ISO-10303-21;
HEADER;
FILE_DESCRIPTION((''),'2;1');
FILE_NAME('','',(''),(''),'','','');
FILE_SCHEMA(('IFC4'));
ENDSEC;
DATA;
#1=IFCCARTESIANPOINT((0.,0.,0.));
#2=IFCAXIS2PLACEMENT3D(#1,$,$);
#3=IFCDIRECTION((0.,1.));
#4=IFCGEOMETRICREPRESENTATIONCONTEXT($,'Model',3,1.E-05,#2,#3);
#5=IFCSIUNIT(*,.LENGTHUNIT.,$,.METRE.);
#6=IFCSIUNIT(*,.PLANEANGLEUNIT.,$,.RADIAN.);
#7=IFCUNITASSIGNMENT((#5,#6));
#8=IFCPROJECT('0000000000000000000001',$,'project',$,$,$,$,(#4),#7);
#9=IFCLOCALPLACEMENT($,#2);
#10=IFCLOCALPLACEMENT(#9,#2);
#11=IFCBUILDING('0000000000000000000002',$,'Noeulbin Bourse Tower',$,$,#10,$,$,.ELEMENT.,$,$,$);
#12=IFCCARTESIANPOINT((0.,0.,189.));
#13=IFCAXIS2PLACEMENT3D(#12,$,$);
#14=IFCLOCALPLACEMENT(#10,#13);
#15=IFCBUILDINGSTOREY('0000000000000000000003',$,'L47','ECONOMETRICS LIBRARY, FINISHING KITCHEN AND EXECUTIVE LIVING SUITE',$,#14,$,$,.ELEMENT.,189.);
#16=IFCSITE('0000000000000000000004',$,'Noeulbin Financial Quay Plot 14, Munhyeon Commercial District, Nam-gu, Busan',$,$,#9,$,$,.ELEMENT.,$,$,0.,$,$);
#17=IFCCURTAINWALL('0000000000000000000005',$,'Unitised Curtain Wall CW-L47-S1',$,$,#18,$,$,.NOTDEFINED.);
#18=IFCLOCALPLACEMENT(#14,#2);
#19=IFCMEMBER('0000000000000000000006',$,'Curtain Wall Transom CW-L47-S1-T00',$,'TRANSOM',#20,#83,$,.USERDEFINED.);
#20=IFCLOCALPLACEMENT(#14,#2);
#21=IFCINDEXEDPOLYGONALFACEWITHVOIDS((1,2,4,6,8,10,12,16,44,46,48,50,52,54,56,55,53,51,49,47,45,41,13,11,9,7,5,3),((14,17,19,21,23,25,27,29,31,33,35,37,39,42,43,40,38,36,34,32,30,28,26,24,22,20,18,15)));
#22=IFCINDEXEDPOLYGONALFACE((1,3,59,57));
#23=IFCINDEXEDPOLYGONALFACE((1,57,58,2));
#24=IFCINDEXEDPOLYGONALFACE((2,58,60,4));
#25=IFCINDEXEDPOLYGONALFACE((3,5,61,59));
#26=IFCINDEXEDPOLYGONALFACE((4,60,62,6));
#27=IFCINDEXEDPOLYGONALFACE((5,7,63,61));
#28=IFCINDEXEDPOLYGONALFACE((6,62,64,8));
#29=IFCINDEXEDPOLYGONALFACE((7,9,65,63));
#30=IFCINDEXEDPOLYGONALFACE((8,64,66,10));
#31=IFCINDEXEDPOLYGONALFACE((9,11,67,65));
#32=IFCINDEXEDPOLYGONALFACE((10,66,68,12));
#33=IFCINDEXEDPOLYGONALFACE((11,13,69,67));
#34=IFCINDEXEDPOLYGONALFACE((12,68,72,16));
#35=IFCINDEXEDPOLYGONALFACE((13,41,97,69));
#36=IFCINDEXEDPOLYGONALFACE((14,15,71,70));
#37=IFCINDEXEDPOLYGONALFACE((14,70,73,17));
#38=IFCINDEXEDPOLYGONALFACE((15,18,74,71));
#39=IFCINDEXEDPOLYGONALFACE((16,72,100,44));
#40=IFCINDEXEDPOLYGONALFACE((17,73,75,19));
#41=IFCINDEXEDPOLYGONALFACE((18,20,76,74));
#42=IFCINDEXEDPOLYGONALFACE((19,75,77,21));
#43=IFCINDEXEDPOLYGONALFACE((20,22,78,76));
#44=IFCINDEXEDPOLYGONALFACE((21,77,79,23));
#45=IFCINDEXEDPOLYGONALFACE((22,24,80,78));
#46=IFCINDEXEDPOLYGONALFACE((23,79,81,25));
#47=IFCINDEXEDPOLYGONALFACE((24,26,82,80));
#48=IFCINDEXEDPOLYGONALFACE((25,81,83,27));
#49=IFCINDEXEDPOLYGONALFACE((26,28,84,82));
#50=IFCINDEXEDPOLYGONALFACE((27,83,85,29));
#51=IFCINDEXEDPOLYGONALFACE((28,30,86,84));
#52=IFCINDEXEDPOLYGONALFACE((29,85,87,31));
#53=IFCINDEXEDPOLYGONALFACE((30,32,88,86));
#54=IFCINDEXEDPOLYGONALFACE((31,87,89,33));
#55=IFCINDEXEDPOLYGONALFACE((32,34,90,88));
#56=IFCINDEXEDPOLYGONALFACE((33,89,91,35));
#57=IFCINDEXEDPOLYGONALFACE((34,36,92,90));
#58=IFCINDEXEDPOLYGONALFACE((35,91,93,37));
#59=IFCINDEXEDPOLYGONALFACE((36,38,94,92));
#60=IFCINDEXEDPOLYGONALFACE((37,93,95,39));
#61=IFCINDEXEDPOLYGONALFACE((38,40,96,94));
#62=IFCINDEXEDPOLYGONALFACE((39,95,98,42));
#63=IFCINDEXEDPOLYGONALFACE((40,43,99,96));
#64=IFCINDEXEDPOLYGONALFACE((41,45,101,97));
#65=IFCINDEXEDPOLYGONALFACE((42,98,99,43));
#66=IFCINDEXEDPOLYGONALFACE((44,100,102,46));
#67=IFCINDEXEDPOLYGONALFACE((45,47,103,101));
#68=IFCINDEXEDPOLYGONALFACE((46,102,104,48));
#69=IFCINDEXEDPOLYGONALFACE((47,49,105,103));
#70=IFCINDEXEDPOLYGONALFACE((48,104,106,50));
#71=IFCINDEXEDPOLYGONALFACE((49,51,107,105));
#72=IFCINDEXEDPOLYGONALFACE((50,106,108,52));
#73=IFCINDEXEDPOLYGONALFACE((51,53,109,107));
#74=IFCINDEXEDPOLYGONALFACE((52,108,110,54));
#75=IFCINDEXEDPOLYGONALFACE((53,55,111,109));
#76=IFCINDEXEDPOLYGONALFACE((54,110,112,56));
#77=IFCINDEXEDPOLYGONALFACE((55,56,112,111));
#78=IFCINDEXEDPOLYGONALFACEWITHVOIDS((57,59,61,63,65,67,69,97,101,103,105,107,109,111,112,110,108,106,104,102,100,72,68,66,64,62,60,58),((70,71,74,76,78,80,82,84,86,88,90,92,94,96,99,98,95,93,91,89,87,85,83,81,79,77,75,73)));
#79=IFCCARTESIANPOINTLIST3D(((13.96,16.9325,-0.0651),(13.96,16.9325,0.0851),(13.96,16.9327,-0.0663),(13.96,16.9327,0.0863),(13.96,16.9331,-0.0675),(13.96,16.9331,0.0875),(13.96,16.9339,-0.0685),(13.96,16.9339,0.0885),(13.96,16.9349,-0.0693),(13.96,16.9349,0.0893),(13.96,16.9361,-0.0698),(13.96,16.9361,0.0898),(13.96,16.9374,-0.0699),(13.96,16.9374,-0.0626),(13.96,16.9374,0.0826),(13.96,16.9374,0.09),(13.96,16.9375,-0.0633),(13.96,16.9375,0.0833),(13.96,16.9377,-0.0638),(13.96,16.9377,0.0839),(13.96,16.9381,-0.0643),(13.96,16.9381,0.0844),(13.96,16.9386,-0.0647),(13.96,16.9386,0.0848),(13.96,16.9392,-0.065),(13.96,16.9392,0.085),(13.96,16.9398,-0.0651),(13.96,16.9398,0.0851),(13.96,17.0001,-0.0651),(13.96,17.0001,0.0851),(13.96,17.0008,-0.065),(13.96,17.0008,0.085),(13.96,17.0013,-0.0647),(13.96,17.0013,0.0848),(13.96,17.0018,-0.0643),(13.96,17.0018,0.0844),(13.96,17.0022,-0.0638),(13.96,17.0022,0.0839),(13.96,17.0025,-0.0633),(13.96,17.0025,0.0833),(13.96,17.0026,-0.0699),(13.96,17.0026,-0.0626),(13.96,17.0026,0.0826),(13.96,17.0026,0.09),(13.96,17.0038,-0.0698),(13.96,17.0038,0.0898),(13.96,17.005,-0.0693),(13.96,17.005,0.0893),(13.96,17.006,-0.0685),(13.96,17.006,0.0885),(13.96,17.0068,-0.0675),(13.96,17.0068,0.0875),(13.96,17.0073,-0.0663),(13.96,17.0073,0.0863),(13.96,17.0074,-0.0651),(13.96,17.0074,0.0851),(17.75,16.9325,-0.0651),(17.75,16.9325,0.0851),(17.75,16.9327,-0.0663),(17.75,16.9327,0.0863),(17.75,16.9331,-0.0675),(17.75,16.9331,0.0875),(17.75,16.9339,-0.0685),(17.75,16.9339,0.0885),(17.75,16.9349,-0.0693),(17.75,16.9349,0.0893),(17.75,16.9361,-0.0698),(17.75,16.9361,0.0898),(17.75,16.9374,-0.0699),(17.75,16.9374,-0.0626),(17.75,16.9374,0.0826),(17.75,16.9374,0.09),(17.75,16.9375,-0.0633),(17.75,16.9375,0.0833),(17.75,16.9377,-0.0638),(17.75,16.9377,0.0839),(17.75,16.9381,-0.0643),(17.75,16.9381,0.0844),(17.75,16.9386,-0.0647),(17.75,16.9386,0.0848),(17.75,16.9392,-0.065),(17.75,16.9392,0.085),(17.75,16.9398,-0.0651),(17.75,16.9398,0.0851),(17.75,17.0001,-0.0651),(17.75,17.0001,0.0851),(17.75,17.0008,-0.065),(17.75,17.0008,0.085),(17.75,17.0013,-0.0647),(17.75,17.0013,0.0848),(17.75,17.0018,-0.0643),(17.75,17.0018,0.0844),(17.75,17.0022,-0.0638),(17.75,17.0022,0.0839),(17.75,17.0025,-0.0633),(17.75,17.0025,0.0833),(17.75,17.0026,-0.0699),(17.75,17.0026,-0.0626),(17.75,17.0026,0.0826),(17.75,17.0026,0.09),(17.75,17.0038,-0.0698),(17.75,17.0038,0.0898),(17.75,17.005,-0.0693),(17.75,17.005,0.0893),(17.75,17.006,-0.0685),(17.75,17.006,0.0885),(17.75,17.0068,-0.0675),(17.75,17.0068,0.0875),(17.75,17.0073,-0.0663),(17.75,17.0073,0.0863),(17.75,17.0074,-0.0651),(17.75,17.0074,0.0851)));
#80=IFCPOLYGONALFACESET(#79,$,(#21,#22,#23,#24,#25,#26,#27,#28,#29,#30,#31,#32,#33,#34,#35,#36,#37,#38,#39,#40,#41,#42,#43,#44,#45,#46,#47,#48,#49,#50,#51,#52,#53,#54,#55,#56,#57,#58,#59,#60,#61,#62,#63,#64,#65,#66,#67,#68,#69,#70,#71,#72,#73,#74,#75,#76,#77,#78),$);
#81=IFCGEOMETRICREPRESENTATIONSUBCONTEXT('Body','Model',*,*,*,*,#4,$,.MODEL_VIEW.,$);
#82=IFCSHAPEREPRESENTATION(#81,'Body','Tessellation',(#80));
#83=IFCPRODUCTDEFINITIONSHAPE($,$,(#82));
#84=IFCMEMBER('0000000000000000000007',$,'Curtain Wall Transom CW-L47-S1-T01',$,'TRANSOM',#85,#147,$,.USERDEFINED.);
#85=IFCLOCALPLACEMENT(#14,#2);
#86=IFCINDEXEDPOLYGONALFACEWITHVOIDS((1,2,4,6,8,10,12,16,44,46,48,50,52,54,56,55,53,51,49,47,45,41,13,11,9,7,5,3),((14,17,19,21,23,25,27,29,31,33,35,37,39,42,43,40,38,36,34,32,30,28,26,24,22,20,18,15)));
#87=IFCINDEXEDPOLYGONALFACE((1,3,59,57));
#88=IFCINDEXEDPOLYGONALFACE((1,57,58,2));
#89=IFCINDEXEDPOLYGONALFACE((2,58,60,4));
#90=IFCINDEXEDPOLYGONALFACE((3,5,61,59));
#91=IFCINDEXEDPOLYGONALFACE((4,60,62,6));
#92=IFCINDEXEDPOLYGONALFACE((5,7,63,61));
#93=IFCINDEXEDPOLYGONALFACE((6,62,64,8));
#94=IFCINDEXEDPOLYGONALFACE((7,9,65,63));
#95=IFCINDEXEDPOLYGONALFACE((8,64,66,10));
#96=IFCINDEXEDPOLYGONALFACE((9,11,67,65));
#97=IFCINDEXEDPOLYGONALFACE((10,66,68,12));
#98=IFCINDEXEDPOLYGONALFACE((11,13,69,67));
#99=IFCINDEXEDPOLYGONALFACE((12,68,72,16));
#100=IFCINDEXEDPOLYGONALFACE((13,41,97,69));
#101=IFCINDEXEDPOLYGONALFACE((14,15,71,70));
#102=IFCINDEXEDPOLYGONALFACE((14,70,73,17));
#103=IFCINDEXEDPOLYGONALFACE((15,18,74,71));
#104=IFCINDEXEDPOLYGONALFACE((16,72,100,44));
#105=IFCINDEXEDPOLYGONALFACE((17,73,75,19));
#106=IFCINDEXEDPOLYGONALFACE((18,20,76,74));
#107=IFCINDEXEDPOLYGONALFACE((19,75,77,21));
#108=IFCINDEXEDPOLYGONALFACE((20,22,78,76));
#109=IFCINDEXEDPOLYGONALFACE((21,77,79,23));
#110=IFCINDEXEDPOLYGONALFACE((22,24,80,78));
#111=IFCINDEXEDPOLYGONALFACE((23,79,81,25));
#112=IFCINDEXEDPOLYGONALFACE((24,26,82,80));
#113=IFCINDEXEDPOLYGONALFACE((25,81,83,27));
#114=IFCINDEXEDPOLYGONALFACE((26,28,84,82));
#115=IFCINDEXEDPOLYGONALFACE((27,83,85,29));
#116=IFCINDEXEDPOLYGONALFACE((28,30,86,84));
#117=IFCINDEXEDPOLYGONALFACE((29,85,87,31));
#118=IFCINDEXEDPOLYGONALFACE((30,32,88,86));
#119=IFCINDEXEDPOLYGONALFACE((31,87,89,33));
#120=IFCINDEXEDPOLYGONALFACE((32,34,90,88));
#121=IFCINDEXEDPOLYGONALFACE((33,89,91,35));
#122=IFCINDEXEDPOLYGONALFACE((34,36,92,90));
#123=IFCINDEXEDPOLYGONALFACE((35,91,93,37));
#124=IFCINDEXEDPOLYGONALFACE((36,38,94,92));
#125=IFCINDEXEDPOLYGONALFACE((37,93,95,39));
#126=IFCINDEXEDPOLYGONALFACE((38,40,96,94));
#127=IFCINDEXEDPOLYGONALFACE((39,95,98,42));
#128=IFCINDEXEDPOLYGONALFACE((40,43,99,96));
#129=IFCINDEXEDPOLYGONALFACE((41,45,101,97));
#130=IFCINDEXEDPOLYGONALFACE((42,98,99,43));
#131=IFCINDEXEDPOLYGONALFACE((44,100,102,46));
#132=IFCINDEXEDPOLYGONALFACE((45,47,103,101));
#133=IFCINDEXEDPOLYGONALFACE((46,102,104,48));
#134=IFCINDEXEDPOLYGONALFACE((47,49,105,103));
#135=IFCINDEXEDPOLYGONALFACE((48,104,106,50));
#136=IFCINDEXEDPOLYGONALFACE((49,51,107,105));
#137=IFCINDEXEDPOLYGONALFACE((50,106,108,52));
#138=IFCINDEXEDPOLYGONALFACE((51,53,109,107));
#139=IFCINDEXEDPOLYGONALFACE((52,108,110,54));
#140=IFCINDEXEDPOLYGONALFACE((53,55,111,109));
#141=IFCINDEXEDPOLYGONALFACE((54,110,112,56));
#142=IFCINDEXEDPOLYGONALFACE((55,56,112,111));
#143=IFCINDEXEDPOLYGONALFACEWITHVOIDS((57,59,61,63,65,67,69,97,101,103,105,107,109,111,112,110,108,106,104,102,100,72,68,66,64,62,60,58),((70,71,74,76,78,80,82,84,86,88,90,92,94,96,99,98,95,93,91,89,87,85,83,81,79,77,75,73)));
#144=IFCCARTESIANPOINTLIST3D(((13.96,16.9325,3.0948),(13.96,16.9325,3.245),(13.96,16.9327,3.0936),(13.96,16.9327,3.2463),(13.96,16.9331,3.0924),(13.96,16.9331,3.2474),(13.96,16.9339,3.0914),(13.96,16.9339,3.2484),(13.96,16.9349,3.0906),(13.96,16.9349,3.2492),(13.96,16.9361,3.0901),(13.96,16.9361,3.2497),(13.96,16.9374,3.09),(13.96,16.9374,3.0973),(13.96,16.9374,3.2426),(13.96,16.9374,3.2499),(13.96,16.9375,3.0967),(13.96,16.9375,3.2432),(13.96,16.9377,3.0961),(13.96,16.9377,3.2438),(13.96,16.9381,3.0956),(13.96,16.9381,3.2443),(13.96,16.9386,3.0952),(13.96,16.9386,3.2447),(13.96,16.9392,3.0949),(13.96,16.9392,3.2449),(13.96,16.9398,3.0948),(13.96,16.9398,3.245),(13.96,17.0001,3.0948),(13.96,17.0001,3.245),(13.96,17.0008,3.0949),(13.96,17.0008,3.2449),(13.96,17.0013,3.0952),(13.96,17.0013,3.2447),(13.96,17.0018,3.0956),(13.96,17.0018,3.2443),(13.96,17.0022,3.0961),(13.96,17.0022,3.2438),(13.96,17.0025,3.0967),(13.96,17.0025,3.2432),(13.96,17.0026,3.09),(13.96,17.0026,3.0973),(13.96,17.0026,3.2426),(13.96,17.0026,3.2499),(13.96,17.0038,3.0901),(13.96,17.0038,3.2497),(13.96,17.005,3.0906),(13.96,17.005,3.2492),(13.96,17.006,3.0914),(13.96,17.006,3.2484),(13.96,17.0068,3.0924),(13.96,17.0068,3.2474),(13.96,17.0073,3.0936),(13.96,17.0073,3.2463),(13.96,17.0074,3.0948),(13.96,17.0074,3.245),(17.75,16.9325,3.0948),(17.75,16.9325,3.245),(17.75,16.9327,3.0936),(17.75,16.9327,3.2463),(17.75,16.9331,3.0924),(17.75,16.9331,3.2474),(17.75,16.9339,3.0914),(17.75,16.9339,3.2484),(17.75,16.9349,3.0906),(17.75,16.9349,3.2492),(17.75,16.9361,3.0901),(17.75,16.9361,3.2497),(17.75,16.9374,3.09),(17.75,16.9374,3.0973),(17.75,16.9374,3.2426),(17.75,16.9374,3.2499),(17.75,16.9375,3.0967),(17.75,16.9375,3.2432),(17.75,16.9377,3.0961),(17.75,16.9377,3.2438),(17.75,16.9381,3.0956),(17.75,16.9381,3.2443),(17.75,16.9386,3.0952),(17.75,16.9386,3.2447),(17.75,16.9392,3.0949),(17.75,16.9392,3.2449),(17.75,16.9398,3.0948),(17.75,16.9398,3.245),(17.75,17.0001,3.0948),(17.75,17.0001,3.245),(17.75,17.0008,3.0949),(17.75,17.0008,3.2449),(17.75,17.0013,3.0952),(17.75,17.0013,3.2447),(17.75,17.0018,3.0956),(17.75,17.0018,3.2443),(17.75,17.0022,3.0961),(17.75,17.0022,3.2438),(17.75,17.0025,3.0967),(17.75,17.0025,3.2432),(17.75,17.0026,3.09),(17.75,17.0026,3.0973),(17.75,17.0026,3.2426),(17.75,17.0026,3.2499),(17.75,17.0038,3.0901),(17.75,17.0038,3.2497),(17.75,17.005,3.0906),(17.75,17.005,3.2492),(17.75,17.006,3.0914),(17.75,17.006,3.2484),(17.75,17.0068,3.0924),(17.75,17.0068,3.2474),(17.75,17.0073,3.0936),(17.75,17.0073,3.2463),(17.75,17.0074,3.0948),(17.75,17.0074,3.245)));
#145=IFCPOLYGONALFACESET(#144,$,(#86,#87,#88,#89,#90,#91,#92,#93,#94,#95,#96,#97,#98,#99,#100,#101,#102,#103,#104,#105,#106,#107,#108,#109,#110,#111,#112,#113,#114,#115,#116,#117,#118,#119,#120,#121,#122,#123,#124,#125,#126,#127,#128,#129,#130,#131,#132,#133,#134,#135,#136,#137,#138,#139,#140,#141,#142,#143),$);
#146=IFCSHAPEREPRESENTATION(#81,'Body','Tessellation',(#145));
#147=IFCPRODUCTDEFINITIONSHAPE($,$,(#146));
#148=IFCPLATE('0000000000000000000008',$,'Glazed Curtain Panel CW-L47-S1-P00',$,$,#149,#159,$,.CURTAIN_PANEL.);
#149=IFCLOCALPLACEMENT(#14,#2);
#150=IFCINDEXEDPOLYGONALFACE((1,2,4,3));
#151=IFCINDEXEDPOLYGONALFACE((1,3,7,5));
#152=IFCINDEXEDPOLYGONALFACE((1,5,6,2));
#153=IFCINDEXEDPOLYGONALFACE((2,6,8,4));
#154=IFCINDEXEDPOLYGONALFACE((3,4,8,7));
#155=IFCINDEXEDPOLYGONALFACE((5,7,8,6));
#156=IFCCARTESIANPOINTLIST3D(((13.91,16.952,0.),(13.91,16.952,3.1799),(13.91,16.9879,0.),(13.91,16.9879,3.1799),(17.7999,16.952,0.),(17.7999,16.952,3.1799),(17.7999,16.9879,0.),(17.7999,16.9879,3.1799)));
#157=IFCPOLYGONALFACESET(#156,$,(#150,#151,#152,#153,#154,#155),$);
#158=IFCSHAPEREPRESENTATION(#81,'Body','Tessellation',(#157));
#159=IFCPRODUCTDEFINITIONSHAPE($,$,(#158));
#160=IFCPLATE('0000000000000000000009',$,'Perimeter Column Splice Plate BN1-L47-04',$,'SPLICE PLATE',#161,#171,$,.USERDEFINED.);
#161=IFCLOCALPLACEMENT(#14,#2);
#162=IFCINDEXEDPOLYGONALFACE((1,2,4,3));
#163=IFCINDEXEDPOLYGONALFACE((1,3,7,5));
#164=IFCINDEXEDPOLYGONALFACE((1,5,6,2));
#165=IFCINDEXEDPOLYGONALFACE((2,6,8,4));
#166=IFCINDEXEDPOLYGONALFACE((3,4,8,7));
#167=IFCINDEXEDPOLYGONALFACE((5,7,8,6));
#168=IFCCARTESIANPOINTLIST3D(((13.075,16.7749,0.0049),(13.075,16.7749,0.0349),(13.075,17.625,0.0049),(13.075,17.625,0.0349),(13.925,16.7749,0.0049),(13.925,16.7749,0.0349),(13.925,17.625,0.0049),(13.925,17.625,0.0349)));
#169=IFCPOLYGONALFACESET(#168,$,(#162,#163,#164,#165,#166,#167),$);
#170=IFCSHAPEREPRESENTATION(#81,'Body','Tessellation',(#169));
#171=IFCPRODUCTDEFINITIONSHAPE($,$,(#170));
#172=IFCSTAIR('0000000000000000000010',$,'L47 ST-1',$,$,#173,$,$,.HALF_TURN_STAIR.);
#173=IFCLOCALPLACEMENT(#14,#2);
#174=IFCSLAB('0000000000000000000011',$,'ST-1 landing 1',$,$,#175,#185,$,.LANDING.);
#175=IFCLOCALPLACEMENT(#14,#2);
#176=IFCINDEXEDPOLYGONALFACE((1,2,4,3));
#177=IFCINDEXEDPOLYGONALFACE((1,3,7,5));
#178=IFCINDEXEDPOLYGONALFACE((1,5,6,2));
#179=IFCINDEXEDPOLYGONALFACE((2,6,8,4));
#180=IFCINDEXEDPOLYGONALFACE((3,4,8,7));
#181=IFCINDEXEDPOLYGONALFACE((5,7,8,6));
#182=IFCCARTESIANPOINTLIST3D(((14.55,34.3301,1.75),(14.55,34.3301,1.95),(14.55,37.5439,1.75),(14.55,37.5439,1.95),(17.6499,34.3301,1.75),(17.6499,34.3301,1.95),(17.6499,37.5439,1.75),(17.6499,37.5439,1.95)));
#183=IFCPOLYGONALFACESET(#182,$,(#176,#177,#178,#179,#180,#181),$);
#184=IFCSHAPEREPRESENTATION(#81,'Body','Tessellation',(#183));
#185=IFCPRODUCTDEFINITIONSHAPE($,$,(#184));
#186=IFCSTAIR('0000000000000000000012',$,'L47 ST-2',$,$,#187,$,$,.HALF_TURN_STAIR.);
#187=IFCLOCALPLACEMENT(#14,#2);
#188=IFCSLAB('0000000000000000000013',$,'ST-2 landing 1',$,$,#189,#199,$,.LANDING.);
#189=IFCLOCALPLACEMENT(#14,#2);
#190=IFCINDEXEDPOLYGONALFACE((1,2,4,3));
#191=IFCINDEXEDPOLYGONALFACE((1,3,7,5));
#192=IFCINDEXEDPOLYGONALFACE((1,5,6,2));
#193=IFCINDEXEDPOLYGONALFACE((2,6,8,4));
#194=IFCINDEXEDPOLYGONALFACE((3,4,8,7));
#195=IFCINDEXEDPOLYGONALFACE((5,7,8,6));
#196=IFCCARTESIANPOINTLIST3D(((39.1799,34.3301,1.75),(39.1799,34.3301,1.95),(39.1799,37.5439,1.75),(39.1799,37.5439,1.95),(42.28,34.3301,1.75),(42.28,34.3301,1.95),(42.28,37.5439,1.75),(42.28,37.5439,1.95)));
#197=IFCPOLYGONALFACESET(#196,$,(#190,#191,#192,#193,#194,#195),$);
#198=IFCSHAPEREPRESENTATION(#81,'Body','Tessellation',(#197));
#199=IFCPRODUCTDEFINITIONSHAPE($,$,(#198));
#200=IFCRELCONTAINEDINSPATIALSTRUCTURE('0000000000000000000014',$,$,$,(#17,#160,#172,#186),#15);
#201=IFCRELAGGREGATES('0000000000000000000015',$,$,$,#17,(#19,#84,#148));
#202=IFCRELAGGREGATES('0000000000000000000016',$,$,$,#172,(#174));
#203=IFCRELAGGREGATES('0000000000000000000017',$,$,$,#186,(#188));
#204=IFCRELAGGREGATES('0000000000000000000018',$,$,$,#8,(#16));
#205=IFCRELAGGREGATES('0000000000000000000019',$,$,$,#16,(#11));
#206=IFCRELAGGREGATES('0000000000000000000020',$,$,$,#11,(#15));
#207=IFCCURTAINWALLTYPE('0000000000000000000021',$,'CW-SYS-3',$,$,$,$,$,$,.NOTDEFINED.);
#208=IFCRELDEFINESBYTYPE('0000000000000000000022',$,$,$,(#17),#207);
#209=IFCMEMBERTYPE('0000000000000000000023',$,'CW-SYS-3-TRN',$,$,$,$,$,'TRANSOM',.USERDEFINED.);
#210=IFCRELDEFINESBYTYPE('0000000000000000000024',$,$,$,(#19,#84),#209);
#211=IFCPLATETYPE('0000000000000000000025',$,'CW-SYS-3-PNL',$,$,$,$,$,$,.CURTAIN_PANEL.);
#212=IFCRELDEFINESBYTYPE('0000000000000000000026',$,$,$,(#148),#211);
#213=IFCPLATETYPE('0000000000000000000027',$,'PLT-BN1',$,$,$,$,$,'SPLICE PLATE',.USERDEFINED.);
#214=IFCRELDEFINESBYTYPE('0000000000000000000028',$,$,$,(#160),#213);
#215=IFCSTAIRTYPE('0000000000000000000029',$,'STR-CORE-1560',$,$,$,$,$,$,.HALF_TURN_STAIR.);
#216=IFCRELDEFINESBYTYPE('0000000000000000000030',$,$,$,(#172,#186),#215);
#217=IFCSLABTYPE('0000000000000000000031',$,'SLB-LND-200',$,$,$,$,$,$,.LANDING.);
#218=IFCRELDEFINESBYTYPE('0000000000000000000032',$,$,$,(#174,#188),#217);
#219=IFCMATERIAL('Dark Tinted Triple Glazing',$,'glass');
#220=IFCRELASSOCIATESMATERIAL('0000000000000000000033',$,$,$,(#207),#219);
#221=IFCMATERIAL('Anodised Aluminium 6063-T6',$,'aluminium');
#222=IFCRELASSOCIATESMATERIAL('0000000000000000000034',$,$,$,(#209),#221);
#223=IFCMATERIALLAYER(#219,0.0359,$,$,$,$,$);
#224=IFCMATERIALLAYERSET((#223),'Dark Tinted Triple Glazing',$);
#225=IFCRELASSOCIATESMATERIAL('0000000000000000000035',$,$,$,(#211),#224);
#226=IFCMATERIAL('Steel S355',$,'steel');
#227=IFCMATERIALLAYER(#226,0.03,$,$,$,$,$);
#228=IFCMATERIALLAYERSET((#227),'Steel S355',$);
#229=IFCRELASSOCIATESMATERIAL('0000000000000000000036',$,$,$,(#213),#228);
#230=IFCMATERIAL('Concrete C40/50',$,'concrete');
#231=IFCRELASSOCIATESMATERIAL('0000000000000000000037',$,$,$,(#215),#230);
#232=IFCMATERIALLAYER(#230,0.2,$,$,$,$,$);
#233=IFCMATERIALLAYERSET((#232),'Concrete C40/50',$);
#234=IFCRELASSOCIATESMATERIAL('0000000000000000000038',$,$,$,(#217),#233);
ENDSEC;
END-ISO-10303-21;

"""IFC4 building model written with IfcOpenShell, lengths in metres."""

from ifc_helpers import new_model, si_unit, direction, frame, origin, origin_2d, place, context, subcontext, project, spatial, polyline, rectangle, hollow_rectangle, outline, extrude, material, layer, layer_set, material_profile, profile_set, type_object, element, aggregate, save


model = new_model("IFC4")

# Units and contexts
model_context = context("Model", 3, precision=1e-05, world=origin(), true_north=direction((0.0, 1.0)))
body_context = subcontext(model_context, "Body", "Model", "MODEL_VIEW")
ifc_project = project(units=[si_unit("LENGTHUNIT", "METRE"), si_unit("PLANEANGLEUNIT", "RADIAN")], contexts=[model_context])

# Site, building, storey
site_placement = place(None, origin())
site = spatial("IfcSite", under=ifc_project, at=site_placement, Name="Noeulbin Financial Quay Plot 14, Munhyeon Commercial District, Nam-gu, Busan", CompositionType="ELEMENT", RefElevation=0.0)
building_placement = place(site_placement, origin())
building = spatial("IfcBuilding", under=site, at=building_placement, Name="Noeulbin Bourse Tower", CompositionType="ELEMENT")
storey_placement = place(building_placement, frame((0.0, 0.0, 189.0)))
storey = spatial("IfcBuildingStorey", under=building, at=storey_placement, Name="L47", Description="ECONOMETRICS LIBRARY, FINISHING KITCHEN AND EXECUTIVE LIVING SUITE", CompositionType="ELEMENT", Elevation=189.0)

# Shared definitions
ifc_material_1 = material(Name="Steel S355", Category="steel")

# Curtain wall, members, plate
ifc_material_2 = material(Name="Dark Tinted Triple Glazing", Category="glass")
curtain_wall_type = type_object("IfcCurtainWallType", Name="CW-SYS-3", PredefinedType="NOTDEFINED", material=ifc_material_2)
curtain_wall_placement = place(storey_placement, origin())
curtain_wall = element("IfcCurtainWall", 1, at=curtain_wall_placement, inside=storey, type_object=curtain_wall_type, Name="Unitised Curtain Wall CW-L47-S1", PredefinedType="NOTDEFINED")
ifc_material_3 = material(Name="Anodised Aluminium 6063-T6", Category="aluminium")
ifc_material_profile_1 = material_profile(ifc_material_3, hollow_rectangle(XDim=0.075, YDim=0.1599, WallThickness=0.0049, InnerFilletRadius=0.0024, OuterFilletRadius=0.0049, at=origin_2d()), Name="ALU-TRAN-75x160x5", Category="LoadBearing")
ifc_profile_set_1 = profile_set([ifc_material_profile_1], Name="Anodised Aluminium 6063-T6")
member_type_1 = type_object("IfcMemberType", Name="CW-SYS-3-TRN", ElementType="TRANSOM", PredefinedType="USERDEFINED", material=ifc_profile_set_1)
member_1_placement = place(storey_placement, frame((13.96, 16.97, 0.01), z_axis=(1.0, 0.0, 0.0), x_axis=(0.0, 1.0, 0.0)))
member_1 = element("IfcMember", 2, at=member_1_placement, type_object=member_type_1, Name="Curtain Wall Transom CW-L47-S1-T00", ObjectType="TRANSOM", PredefinedType="USERDEFINED", context=body_context, shape_type="SweptSolid", body=[
    extrude(hollow_rectangle(XDim=0.075, YDim=0.1599, WallThickness=0.0049, InnerFilletRadius=0.0024, OuterFilletRadius=0.0049, at=origin_2d()), origin(), (0.0, 0.0, 1.0), 3.79),
])
member_2_placement = place(storey_placement, frame((13.96, 16.97, 3.1699), z_axis=(1.0, 0.0, 0.0), x_axis=(0.0, 1.0, 0.0)))
member_2 = element("IfcMember", 3, at=member_2_placement, type_object=member_type_1, Name="Curtain Wall Transom CW-L47-S1-T01", ObjectType="TRANSOM", PredefinedType="USERDEFINED", context=body_context, shape_type="SweptSolid", body=[
    extrude(hollow_rectangle(XDim=0.075, YDim=0.1599, WallThickness=0.0049, InnerFilletRadius=0.0024, OuterFilletRadius=0.0049, at=origin_2d()), origin(), (0.0, 0.0, 1.0), 3.79),
])
ifc_layer_1 = layer(ifc_material_2, 0.0359)
ifc_layer_set_1 = layer_set([ifc_layer_1], Name="Dark Tinted Triple Glazing")
plate_type_1 = type_object("IfcPlateType", Name="CW-SYS-3-PNL", PredefinedType="CURTAIN_PANEL", material=ifc_layer_set_1)
plate_1_placement = place(storey_placement, frame((15.855, 16.97, 0.0), z_axis=(0.0, 0.0, 1.0), x_axis=(1.0, 0.0, 0.0)))
plate_1 = element("IfcPlate", 4, at=plate_1_placement, type_object=plate_type_1, Name="Glazed Curtain Panel CW-L47-S1-P00", PredefinedType="CURTAIN_PANEL", context=body_context, shape_type="SweptSolid", body=[
    extrude(rectangle(XDim=3.8899, YDim=0.0359, at=origin_2d()), origin(), (0.0, 0.0, 1.0), 3.1799),
])
aggregate(curtain_wall, [member_1, member_2, plate_1])

# Plate
ifc_layer_2 = layer(ifc_material_1, 0.03)
ifc_layer_set_2 = layer_set([ifc_layer_2], Name="Steel S355")
plate_type_2 = type_object("IfcPlateType", Name="PLT-BN1", ElementType="SPLICE PLATE", PredefinedType="USERDEFINED", material=ifc_layer_set_2)
plate_2_placement = place(storey_placement, frame((13.5, 17.2, 0.0049), z_axis=(0.0, 0.0, 1.0), x_axis=(1.0, 0.0, 0.0)))
element("IfcPlate", 5, at=plate_2_placement, inside=storey, type_object=plate_type_2, Name="Perimeter Column Splice Plate BN1-L47-04", ObjectType="SPLICE PLATE", PredefinedType="USERDEFINED", context=body_context, shape_type="SweptSolid", body=[
    extrude(rectangle(XDim=0.8501, YDim=0.8501, at=origin_2d()), origin(), (0.0, 0.0, 1.0), 0.03),
])

# Stairs, slabs
ifc_material_4 = material(Name="Concrete C40/50", Category="concrete")
stair_type = type_object("IfcStairType", Name="STR-CORE-1560", PredefinedType="HALF_TURN_STAIR", material=ifc_material_4)
stair_1_placement = place(storey_placement, origin())
stair_1 = element("IfcStair", 6, at=stair_1_placement, inside=storey, type_object=stair_type, Name="L47 ST-1", PredefinedType="HALF_TURN_STAIR")
ifc_layer_3 = layer(ifc_material_4, 0.2)
ifc_layer_set_3 = layer_set([ifc_layer_3], Name="Concrete C40/50")
slab_type_1 = type_object("IfcSlabType", Name="SLB-LND-200", PredefinedType="LANDING", material=ifc_layer_set_3)
slab_1_placement = place(storey_placement, frame((0.0, 0.0, 1.75)))
slab_1 = element("IfcSlab", 7, at=slab_1_placement, type_object=slab_type_1, Name="ST-1 landing 1", PredefinedType="LANDING", context=body_context, shape_type="SweptSolid", body=[
    extrude(outline(polyline([(17.6499, 34.3301), (17.6499, 37.5439), (14.55, 37.5439), (14.55, 34.3301), (17.6499, 34.3301)])), origin(), (0.0, 0.0, 1.0), 0.2),
])
aggregate(stair_1, [slab_1])
stair_2_placement = place(storey_placement, origin())
stair_2 = element("IfcStair", 8, at=stair_2_placement, inside=storey, type_object=stair_type, Name="L47 ST-2", PredefinedType="HALF_TURN_STAIR")
slab_2_placement = place(storey_placement, frame((0.0, 0.0, 1.75)))
slab_2 = element("IfcSlab", 9, at=slab_2_placement, type_object=slab_type_1, Name="ST-2 landing 1", PredefinedType="LANDING", context=body_context, shape_type="SweptSolid", body=[
    extrude(outline(polyline([(42.28, 34.3301), (42.28, 37.5439), (39.1799, 37.5439), (39.1799, 34.3301), (42.28, 34.3301)])), origin(), (0.0, 0.0, 1.0), 0.2),
])
aggregate(stair_2, [slab_2])

save(model, "model.ifc")
